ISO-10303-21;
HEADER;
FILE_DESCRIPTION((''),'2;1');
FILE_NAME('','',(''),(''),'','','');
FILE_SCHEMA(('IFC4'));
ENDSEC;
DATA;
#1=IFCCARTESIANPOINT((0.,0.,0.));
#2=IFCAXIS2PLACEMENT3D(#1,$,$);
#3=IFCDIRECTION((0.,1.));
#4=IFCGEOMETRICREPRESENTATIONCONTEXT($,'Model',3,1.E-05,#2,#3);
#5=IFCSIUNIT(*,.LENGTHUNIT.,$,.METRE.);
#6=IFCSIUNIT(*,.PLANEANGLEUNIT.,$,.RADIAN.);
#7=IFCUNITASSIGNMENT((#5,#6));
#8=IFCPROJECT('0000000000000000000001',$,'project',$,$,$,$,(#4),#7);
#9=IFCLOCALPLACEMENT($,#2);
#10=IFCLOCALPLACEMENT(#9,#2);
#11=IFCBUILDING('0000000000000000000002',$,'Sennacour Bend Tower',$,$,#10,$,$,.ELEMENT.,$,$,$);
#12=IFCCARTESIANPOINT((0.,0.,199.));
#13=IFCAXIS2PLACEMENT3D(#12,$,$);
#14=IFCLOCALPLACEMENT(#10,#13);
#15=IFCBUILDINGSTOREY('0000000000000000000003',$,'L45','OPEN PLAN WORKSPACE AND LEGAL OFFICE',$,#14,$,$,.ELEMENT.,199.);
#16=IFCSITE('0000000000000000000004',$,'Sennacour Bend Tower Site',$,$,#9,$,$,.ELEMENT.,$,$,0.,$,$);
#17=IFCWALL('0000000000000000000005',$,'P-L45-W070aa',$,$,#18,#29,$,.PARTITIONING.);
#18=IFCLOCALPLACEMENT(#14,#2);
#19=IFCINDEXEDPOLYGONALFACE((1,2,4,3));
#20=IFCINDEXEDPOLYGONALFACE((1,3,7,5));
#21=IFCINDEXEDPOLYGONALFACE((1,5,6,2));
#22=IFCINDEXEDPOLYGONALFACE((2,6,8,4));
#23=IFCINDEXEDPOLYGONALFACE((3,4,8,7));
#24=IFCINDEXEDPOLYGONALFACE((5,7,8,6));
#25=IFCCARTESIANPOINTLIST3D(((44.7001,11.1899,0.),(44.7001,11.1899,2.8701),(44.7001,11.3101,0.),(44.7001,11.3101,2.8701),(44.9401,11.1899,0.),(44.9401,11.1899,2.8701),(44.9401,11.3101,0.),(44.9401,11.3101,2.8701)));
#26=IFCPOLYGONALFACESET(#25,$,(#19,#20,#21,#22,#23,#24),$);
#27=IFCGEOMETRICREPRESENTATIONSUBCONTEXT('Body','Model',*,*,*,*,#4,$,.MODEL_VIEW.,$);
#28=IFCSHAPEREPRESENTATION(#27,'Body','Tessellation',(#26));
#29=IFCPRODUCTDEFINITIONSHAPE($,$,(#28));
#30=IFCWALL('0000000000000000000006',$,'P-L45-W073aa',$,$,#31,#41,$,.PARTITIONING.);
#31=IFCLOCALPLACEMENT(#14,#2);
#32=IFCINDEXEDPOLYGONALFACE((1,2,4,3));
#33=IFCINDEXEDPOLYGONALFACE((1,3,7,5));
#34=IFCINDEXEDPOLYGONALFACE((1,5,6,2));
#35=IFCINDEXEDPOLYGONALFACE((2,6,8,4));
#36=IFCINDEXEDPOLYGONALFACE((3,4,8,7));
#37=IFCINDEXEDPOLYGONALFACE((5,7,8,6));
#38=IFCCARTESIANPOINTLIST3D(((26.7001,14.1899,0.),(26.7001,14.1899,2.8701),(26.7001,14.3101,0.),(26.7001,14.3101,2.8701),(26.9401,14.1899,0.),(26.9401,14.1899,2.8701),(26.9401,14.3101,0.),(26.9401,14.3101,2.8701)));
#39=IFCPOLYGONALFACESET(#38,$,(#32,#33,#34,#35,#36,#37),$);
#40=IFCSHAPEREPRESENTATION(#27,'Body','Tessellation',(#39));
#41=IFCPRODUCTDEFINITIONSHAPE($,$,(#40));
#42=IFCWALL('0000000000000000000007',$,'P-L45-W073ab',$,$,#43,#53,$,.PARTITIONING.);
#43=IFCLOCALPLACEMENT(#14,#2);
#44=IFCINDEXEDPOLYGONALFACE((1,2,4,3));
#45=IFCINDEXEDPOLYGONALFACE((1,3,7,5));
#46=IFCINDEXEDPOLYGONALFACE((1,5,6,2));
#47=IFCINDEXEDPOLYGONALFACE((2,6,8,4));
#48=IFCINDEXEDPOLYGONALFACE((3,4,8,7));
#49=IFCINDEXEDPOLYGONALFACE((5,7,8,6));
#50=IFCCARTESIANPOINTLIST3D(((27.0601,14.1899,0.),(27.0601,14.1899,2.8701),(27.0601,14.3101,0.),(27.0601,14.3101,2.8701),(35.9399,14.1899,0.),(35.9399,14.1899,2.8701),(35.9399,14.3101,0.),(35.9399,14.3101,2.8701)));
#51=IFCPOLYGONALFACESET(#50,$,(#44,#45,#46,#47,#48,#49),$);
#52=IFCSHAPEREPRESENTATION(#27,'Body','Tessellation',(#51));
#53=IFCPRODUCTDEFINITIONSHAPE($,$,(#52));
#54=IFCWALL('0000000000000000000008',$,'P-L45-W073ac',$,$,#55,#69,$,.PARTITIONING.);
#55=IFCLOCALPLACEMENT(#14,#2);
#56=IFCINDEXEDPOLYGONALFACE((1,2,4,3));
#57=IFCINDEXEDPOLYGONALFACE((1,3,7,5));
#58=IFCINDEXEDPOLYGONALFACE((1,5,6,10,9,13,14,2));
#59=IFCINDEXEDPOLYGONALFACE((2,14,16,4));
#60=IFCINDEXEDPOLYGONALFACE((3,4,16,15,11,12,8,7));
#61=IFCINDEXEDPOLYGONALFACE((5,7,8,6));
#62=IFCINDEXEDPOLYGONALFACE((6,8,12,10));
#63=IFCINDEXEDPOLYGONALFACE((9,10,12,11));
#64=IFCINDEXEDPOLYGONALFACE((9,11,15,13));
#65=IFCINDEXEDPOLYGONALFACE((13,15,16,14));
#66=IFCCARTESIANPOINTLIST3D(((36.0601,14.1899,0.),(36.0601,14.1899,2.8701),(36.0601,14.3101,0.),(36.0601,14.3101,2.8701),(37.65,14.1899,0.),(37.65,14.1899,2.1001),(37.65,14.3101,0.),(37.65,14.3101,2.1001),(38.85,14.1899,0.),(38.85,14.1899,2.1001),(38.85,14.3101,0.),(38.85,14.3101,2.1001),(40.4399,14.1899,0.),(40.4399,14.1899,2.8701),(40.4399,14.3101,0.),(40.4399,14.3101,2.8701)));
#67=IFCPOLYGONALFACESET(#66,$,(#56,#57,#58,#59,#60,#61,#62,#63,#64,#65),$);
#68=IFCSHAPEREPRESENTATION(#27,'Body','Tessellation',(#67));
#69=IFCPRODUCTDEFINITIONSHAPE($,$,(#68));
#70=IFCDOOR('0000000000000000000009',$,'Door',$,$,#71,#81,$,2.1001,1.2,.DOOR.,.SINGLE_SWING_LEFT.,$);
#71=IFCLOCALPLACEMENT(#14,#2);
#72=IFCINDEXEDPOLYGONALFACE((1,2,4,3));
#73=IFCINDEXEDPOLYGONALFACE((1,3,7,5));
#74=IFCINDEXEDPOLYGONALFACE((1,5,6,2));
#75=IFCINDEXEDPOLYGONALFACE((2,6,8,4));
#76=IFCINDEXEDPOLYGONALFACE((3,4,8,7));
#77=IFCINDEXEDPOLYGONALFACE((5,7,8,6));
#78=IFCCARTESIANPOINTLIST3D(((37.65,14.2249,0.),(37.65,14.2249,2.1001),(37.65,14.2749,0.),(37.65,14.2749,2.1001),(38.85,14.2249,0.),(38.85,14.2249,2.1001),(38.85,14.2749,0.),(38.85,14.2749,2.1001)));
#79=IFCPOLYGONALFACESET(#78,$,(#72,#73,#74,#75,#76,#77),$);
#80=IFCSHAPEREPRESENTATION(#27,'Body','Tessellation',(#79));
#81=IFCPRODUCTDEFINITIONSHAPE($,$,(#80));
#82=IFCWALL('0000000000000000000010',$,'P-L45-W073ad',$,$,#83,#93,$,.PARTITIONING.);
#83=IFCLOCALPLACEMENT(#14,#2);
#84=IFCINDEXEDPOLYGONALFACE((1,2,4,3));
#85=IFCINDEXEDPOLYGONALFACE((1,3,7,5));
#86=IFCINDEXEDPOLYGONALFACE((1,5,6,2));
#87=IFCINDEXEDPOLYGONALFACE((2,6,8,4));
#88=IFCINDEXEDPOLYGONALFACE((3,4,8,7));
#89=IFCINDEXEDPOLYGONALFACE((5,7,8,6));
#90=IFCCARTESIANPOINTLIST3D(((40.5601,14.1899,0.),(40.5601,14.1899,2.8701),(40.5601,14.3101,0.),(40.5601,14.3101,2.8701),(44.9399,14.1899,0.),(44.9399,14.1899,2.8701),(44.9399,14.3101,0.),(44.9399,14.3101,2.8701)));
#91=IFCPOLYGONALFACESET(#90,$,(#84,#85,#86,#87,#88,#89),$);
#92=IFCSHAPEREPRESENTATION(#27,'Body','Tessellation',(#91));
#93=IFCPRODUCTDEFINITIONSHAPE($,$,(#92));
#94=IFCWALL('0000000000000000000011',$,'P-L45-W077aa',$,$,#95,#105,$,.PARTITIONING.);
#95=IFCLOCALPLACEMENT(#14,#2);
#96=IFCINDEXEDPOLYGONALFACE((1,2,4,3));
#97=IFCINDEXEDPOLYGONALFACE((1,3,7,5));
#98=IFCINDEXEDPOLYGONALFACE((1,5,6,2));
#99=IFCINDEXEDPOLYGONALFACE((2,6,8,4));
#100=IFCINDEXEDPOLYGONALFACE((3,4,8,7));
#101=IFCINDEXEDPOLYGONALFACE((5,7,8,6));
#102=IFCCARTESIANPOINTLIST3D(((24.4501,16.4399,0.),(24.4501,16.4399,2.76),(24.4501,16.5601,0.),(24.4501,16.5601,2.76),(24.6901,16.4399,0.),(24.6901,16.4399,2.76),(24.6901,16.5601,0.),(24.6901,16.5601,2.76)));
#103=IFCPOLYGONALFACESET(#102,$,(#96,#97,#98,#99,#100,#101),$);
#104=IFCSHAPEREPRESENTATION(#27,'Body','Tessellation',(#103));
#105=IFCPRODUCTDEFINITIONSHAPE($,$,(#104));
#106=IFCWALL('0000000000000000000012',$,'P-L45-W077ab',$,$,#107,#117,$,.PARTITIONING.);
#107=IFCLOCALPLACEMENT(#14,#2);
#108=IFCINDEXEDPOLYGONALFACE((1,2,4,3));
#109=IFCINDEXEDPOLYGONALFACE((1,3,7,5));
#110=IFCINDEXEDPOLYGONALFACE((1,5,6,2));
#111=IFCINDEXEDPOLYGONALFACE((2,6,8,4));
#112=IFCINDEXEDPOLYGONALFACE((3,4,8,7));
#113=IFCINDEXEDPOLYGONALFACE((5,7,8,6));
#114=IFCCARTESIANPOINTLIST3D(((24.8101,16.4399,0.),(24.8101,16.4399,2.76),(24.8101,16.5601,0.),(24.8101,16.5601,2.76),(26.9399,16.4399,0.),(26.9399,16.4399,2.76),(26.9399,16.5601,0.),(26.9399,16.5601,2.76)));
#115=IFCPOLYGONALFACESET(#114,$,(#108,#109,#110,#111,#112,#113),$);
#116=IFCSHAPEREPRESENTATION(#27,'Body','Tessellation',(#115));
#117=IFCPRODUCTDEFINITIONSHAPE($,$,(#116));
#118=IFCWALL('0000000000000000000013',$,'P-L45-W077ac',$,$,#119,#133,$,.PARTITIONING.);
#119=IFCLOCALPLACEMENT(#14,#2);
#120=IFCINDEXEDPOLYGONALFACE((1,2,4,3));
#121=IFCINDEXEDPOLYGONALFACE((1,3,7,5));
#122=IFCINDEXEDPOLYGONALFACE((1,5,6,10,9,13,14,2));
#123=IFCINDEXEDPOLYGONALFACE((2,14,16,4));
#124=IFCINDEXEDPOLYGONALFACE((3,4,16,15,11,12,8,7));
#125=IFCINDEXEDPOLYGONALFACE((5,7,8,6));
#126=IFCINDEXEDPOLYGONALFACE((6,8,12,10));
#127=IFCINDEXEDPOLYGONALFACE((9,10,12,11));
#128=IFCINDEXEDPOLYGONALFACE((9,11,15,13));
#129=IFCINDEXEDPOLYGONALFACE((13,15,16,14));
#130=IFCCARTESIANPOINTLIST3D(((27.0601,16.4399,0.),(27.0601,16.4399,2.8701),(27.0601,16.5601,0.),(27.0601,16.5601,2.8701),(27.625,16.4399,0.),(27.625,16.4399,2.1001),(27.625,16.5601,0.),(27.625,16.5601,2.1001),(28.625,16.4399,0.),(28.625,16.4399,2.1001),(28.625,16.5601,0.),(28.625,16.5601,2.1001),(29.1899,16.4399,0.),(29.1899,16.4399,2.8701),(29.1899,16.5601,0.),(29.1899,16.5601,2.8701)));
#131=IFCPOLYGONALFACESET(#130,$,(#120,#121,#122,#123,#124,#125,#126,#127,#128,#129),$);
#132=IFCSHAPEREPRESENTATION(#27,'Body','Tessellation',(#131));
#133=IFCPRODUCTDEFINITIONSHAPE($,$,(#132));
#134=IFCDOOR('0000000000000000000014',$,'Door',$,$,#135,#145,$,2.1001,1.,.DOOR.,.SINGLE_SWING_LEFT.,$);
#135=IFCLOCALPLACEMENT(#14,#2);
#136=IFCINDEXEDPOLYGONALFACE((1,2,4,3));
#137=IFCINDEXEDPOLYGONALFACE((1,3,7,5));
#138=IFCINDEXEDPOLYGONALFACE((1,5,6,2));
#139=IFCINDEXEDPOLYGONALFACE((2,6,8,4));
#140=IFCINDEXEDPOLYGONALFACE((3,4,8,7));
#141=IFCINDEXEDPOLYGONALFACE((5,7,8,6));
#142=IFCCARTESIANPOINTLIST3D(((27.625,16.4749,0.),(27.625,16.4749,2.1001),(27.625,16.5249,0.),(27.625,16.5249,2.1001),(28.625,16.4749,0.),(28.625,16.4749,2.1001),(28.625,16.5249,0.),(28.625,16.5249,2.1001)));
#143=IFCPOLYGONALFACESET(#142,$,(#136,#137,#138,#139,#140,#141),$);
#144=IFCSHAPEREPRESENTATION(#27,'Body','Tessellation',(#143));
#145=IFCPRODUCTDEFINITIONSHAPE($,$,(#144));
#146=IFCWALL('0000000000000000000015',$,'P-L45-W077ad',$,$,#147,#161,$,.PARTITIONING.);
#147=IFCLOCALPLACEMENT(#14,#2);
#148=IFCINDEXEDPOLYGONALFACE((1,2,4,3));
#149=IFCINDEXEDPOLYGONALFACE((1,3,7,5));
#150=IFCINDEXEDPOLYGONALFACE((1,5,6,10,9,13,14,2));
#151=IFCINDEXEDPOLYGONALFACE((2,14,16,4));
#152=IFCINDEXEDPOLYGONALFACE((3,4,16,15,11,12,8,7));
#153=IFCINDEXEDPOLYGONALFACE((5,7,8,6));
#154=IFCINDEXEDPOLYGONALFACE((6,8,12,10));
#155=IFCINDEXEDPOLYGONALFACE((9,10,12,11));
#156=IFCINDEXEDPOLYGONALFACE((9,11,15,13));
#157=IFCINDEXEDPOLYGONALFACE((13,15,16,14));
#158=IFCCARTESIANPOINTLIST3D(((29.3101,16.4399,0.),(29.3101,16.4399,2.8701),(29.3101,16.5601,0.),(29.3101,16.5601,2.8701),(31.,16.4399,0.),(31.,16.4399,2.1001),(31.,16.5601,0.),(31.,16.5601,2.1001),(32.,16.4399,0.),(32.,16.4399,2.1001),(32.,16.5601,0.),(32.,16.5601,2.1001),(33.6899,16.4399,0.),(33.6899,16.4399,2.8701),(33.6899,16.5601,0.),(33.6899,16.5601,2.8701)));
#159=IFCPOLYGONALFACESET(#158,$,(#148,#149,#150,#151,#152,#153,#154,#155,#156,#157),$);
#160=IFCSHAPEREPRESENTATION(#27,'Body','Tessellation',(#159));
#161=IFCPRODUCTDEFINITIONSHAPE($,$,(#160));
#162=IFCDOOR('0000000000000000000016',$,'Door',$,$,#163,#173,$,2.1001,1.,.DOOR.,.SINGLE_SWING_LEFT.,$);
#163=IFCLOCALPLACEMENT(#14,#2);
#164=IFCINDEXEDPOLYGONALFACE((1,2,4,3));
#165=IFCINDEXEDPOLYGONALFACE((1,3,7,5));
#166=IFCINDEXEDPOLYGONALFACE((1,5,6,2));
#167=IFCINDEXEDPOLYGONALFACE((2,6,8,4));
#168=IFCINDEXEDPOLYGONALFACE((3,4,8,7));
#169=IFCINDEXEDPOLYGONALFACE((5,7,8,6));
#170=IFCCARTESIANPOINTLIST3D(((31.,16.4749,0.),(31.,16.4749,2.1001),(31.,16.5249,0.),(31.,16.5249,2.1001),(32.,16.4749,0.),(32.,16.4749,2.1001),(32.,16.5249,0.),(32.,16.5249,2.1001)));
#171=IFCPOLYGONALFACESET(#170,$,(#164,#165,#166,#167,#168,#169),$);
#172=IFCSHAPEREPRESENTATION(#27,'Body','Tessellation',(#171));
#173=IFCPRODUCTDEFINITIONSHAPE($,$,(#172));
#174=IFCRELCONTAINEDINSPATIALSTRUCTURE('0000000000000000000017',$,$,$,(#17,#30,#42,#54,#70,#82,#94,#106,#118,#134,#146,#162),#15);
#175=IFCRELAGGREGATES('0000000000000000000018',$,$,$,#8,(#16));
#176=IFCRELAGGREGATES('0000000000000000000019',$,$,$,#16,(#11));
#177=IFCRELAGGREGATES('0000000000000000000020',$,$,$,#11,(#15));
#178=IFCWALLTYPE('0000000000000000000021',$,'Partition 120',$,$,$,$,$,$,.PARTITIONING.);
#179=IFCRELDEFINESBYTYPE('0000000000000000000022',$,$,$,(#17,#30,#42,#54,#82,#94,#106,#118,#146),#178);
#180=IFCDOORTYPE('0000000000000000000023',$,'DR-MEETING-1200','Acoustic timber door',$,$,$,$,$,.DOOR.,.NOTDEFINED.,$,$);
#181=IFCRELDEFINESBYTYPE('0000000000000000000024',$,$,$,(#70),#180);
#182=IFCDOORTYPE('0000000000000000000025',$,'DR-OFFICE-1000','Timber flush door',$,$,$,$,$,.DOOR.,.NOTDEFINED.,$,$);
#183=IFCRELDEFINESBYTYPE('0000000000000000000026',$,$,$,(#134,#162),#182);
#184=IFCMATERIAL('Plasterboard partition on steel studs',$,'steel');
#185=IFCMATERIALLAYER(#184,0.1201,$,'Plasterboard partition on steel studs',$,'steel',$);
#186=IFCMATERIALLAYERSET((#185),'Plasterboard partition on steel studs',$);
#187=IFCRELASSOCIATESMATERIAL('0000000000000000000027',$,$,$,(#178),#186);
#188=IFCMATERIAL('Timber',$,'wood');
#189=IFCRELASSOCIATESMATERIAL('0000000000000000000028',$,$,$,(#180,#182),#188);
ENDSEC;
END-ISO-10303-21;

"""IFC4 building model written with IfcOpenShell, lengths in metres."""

from ifc_helpers import new_model, si_unit, direction, frame, frame_2d, origin, place, context, subcontext, project, spatial, rectangle, extrude, material, layer, layer_set, type_object, element, fill, save


model = new_model("IFC4")

# Units and contexts
model_context = context("Model", 3, precision=1e-05, world=origin(), true_north=direction((0.0, 1.0)))
body_context = subcontext(model_context, "Body", "Model", "MODEL_VIEW")
ifc_project = project(units=[si_unit("LENGTHUNIT", "METRE"), si_unit("PLANEANGLEUNIT", "RADIAN")], contexts=[model_context])

# Site, building, storey
site_placement = place(None, origin())
site = spatial("IfcSite", under=ifc_project, at=site_placement, Name="Sennacour Bend Tower Site", CompositionType="ELEMENT", RefElevation=0.0)
building_placement = place(site_placement, origin())
building = spatial("IfcBuilding", under=site, at=building_placement, Name="Sennacour Bend Tower", CompositionType="ELEMENT")
storey_placement = place(building_placement, frame((0.0, 0.0, 199.0)))
storey = spatial("IfcBuildingStorey", under=building, at=storey_placement, Name="L45", Description="OPEN PLAN WORKSPACE AND LEGAL OFFICE", CompositionType="ELEMENT", Elevation=199.0)

# Walls
ifc_material_1 = material(Name="Plasterboard partition on steel studs", Category="steel")
ifc_layer_1 = layer(ifc_material_1, 0.1201, Name="Plasterboard partition on steel studs", Category="steel")
ifc_layer_set_1 = layer_set([ifc_layer_1], Name="Plasterboard partition on steel studs")
wall_type_1 = type_object("IfcWallType", Name="Partition 120", PredefinedType="PARTITIONING", material=ifc_layer_set_1)
for number, where, z_axis, x_axis, name in (
    (1, (44.7, 11.25, 0.0), (0.0, 0.0, 1.0), (1.0, 0.0, 0.0), "P-L45-W070aa"),
    (2, (26.7, 14.25, 0.0), (0.0, 0.0, 1.0), (1.0, 0.0, 0.0), "P-L45-W073aa"),
):
    element("IfcWall", number, at=place(storey_placement, frame(where, z_axis=z_axis, x_axis=x_axis)), inside=storey, type_object=wall_type_1, Name=name, PredefinedType="PARTITIONING", context=body_context, shape_type="SweptSolid", body=[
        extrude(rectangle(XDim=0.24, YDim=0.1201, at=frame_2d((0.1201, 0.0))), origin(), (0.0, 0.0, 1.0), 2.8701),
    ])
wall_1_placement = place(storey_placement, frame((27.0601, 14.25, 0.0), z_axis=(0.0, 0.0, 1.0), x_axis=(1.0, 0.0, 0.0)))
element("IfcWall", 3, at=wall_1_placement, inside=storey, type_object=wall_type_1, Name="P-L45-W073ab", PredefinedType="PARTITIONING", context=body_context, shape_type="SweptSolid", body=[
    extrude(rectangle(XDim=8.8799, YDim=0.1201, at=frame_2d((4.4399, 0.0))), origin(), (0.0, 0.0, 1.0), 2.8701),
])

# Wall, opening, door
wall_2_placement = place(storey_placement, frame((36.0601, 14.25, 0.0), z_axis=(0.0, 0.0, 1.0), x_axis=(1.0, 0.0, 0.0)))
wall_2 = element("IfcWall", 4, at=wall_2_placement, inside=storey, type_object=wall_type_1, Name="P-L45-W073ac", PredefinedType="PARTITIONING", context=body_context, shape_type="SweptSolid", body=[
    extrude(rectangle(XDim=4.3799, YDim=0.1201, at=frame_2d((2.1899, 0.0))), origin(), (0.0, 0.0, 1.0), 2.8701),
])
opening_1_placement = place(wall_2_placement, frame((1.5898, 0.0, 0.0)))
opening_1 = element("IfcOpeningElement", 5, at=opening_1_placement, cuts=wall_2, PredefinedType="OPENING", context=body_context, shape_type="SweptSolid", body=[
    extrude(rectangle(XDim=1.2, YDim=2.1001, at=frame_2d((0.6001, 1.05))), frame((0.0, 0.0701, 0.0), z_axis=(0.0, -1.0, 0.0), x_axis=(1.0, 0.0, 0.0)), (0.0, 0.0, 1.0), 0.1401),
])
ifc_material_2 = material(Name="Timber", Category="wood")
door_type_1 = type_object("IfcDoorType", Name="DR-MEETING-1200", Description="Acoustic timber door", OperationType="NOTDEFINED", PredefinedType="DOOR", material=ifc_material_2)
door_1_placement = place(opening_1_placement, origin())
door_1 = element("IfcDoor", 6, at=door_1_placement, inside=storey, type_object=door_type_1, Name="Door", OperationType="SINGLE_SWING_LEFT", OverallHeight=2.1001, OverallWidth=1.2, PredefinedType="DOOR", context=body_context, shape_type="SweptSolid", body=[
    extrude(rectangle(XDim=1.2, YDim=2.1001, at=frame_2d((0.6001, 1.05))), frame((0.0, 0.0249, 0.0), z_axis=(0.0, -1.0, 0.0), x_axis=(1.0, 0.0, 0.0)), (0.0, 0.0, 1.0), 0.05),
])
fill(opening_1, door_1)

# Walls
wall_3_placement = place(storey_placement, frame((40.5601, 14.25, 0.0), z_axis=(0.0, 0.0, 1.0), x_axis=(1.0, 0.0, 0.0)))
element("IfcWall", 7, at=wall_3_placement, inside=storey, type_object=wall_type_1, Name="P-L45-W073ad", PredefinedType="PARTITIONING", context=body_context, shape_type="SweptSolid", body=[
    extrude(rectangle(XDim=4.3799, YDim=0.1201, at=frame_2d((2.1899, 0.0))), origin(), (0.0, 0.0, 1.0), 2.8701),
])
wall_4_placement = place(storey_placement, frame((24.45, 16.5, 0.0), z_axis=(0.0, 0.0, 1.0), x_axis=(1.0, 0.0, 0.0)))
element("IfcWall", 8, at=wall_4_placement, inside=storey, type_object=wall_type_1, Name="P-L45-W077aa", PredefinedType="PARTITIONING", context=body_context, shape_type="SweptSolid", body=[
    extrude(rectangle(XDim=0.24, YDim=0.1201, at=frame_2d((0.1201, 0.0))), origin(), (0.0, 0.0, 1.0), 2.76),
])
wall_5_placement = place(storey_placement, frame((24.8101, 16.5, 0.0), z_axis=(0.0, 0.0, 1.0), x_axis=(1.0, 0.0, 0.0)))
element("IfcWall", 9, at=wall_5_placement, inside=storey, type_object=wall_type_1, Name="P-L45-W077ab", PredefinedType="PARTITIONING", context=body_context, shape_type="SweptSolid", body=[
    extrude(rectangle(XDim=2.1299, YDim=0.1201, at=frame_2d((1.0649, 0.0))), origin(), (0.0, 0.0, 1.0), 2.76),
])

# Walls, openings, doors
wall_6_placement = place(storey_placement, frame((27.0601, 16.5, 0.0), z_axis=(0.0, 0.0, 1.0), x_axis=(1.0, 0.0, 0.0)))
wall_6 = element("IfcWall", 10, at=wall_6_placement, inside=storey, type_object=wall_type_1, Name="P-L45-W077ac", PredefinedType="PARTITIONING", context=body_context, shape_type="SweptSolid", body=[
    extrude(rectangle(XDim=2.1299, YDim=0.1201, at=frame_2d((1.0649, 0.0))), origin(), (0.0, 0.0, 1.0), 2.8701),
])
opening_2_placement = place(wall_6_placement, frame((0.5649, 0.0, 0.0)))
opening_2 = element("IfcOpeningElement", 11, at=opening_2_placement, cuts=wall_6, PredefinedType="OPENING", context=body_context, shape_type="SweptSolid", body=[
    extrude(rectangle(XDim=1.0, YDim=2.1001, at=frame_2d((0.5, 1.05))), frame((0.0, 0.0701, 0.0), z_axis=(0.0, -1.0, 0.0), x_axis=(1.0, 0.0, 0.0)), (0.0, 0.0, 1.0), 0.1401),
])
door_type_2 = type_object("IfcDoorType", Name="DR-OFFICE-1000", Description="Timber flush door", OperationType="NOTDEFINED", PredefinedType="DOOR", material=ifc_material_2)
door_2_placement = place(opening_2_placement, origin())
door_2 = element("IfcDoor", 12, at=door_2_placement, inside=storey, type_object=door_type_2, Name="Door", OperationType="SINGLE_SWING_LEFT", OverallHeight=2.1001, OverallWidth=1.0, PredefinedType="DOOR", context=body_context, shape_type="SweptSolid", body=[
    extrude(rectangle(XDim=1.0, YDim=2.1001, at=frame_2d((0.5, 1.05))), frame((0.0, 0.0249, 0.0), z_axis=(0.0, -1.0, 0.0), x_axis=(1.0, 0.0, 0.0)), (0.0, 0.0, 1.0), 0.05),
])
fill(opening_2, door_2)
wall_7_placement = place(storey_placement, frame((29.3101, 16.5, 0.0), z_axis=(0.0, 0.0, 1.0), x_axis=(1.0, 0.0, 0.0)))
wall_7 = element("IfcWall", 13, at=wall_7_placement, inside=storey, type_object=wall_type_1, Name="P-L45-W077ad", PredefinedType="PARTITIONING", context=body_context, shape_type="SweptSolid", body=[
    extrude(rectangle(XDim=4.3799, YDim=0.1201, at=frame_2d((2.1899, 0.0))), origin(), (0.0, 0.0, 1.0), 2.8701),
])
opening_3_placement = place(wall_7_placement, frame((1.6899, 0.0, 0.0)))
opening_3 = element("IfcOpeningElement", 14, at=opening_3_placement, cuts=wall_7, PredefinedType="OPENING", context=body_context, shape_type="SweptSolid", body=[
    extrude(rectangle(XDim=1.0, YDim=2.1001, at=frame_2d((0.5, 1.05))), frame((0.0, 0.0701, 0.0), z_axis=(0.0, -1.0, 0.0), x_axis=(1.0, 0.0, 0.0)), (0.0, 0.0, 1.0), 0.1401),
])
door_3_placement = place(opening_3_placement, origin())
door_3 = element("IfcDoor", 15, at=door_3_placement, inside=storey, type_object=door_type_2, Name="Door", OperationType="SINGLE_SWING_LEFT", OverallHeight=2.1001, OverallWidth=1.0, PredefinedType="DOOR", context=body_context, shape_type="SweptSolid", body=[
    extrude(rectangle(XDim=1.0, YDim=2.1001, at=frame_2d((0.5, 1.05))), frame((0.0, 0.0249, 0.0), z_axis=(0.0, -1.0, 0.0), x_axis=(1.0, 0.0, 0.0)), (0.0, 0.0, 1.0), 0.05),
])
fill(opening_3, door_3)

save(model, "model.ifc")
